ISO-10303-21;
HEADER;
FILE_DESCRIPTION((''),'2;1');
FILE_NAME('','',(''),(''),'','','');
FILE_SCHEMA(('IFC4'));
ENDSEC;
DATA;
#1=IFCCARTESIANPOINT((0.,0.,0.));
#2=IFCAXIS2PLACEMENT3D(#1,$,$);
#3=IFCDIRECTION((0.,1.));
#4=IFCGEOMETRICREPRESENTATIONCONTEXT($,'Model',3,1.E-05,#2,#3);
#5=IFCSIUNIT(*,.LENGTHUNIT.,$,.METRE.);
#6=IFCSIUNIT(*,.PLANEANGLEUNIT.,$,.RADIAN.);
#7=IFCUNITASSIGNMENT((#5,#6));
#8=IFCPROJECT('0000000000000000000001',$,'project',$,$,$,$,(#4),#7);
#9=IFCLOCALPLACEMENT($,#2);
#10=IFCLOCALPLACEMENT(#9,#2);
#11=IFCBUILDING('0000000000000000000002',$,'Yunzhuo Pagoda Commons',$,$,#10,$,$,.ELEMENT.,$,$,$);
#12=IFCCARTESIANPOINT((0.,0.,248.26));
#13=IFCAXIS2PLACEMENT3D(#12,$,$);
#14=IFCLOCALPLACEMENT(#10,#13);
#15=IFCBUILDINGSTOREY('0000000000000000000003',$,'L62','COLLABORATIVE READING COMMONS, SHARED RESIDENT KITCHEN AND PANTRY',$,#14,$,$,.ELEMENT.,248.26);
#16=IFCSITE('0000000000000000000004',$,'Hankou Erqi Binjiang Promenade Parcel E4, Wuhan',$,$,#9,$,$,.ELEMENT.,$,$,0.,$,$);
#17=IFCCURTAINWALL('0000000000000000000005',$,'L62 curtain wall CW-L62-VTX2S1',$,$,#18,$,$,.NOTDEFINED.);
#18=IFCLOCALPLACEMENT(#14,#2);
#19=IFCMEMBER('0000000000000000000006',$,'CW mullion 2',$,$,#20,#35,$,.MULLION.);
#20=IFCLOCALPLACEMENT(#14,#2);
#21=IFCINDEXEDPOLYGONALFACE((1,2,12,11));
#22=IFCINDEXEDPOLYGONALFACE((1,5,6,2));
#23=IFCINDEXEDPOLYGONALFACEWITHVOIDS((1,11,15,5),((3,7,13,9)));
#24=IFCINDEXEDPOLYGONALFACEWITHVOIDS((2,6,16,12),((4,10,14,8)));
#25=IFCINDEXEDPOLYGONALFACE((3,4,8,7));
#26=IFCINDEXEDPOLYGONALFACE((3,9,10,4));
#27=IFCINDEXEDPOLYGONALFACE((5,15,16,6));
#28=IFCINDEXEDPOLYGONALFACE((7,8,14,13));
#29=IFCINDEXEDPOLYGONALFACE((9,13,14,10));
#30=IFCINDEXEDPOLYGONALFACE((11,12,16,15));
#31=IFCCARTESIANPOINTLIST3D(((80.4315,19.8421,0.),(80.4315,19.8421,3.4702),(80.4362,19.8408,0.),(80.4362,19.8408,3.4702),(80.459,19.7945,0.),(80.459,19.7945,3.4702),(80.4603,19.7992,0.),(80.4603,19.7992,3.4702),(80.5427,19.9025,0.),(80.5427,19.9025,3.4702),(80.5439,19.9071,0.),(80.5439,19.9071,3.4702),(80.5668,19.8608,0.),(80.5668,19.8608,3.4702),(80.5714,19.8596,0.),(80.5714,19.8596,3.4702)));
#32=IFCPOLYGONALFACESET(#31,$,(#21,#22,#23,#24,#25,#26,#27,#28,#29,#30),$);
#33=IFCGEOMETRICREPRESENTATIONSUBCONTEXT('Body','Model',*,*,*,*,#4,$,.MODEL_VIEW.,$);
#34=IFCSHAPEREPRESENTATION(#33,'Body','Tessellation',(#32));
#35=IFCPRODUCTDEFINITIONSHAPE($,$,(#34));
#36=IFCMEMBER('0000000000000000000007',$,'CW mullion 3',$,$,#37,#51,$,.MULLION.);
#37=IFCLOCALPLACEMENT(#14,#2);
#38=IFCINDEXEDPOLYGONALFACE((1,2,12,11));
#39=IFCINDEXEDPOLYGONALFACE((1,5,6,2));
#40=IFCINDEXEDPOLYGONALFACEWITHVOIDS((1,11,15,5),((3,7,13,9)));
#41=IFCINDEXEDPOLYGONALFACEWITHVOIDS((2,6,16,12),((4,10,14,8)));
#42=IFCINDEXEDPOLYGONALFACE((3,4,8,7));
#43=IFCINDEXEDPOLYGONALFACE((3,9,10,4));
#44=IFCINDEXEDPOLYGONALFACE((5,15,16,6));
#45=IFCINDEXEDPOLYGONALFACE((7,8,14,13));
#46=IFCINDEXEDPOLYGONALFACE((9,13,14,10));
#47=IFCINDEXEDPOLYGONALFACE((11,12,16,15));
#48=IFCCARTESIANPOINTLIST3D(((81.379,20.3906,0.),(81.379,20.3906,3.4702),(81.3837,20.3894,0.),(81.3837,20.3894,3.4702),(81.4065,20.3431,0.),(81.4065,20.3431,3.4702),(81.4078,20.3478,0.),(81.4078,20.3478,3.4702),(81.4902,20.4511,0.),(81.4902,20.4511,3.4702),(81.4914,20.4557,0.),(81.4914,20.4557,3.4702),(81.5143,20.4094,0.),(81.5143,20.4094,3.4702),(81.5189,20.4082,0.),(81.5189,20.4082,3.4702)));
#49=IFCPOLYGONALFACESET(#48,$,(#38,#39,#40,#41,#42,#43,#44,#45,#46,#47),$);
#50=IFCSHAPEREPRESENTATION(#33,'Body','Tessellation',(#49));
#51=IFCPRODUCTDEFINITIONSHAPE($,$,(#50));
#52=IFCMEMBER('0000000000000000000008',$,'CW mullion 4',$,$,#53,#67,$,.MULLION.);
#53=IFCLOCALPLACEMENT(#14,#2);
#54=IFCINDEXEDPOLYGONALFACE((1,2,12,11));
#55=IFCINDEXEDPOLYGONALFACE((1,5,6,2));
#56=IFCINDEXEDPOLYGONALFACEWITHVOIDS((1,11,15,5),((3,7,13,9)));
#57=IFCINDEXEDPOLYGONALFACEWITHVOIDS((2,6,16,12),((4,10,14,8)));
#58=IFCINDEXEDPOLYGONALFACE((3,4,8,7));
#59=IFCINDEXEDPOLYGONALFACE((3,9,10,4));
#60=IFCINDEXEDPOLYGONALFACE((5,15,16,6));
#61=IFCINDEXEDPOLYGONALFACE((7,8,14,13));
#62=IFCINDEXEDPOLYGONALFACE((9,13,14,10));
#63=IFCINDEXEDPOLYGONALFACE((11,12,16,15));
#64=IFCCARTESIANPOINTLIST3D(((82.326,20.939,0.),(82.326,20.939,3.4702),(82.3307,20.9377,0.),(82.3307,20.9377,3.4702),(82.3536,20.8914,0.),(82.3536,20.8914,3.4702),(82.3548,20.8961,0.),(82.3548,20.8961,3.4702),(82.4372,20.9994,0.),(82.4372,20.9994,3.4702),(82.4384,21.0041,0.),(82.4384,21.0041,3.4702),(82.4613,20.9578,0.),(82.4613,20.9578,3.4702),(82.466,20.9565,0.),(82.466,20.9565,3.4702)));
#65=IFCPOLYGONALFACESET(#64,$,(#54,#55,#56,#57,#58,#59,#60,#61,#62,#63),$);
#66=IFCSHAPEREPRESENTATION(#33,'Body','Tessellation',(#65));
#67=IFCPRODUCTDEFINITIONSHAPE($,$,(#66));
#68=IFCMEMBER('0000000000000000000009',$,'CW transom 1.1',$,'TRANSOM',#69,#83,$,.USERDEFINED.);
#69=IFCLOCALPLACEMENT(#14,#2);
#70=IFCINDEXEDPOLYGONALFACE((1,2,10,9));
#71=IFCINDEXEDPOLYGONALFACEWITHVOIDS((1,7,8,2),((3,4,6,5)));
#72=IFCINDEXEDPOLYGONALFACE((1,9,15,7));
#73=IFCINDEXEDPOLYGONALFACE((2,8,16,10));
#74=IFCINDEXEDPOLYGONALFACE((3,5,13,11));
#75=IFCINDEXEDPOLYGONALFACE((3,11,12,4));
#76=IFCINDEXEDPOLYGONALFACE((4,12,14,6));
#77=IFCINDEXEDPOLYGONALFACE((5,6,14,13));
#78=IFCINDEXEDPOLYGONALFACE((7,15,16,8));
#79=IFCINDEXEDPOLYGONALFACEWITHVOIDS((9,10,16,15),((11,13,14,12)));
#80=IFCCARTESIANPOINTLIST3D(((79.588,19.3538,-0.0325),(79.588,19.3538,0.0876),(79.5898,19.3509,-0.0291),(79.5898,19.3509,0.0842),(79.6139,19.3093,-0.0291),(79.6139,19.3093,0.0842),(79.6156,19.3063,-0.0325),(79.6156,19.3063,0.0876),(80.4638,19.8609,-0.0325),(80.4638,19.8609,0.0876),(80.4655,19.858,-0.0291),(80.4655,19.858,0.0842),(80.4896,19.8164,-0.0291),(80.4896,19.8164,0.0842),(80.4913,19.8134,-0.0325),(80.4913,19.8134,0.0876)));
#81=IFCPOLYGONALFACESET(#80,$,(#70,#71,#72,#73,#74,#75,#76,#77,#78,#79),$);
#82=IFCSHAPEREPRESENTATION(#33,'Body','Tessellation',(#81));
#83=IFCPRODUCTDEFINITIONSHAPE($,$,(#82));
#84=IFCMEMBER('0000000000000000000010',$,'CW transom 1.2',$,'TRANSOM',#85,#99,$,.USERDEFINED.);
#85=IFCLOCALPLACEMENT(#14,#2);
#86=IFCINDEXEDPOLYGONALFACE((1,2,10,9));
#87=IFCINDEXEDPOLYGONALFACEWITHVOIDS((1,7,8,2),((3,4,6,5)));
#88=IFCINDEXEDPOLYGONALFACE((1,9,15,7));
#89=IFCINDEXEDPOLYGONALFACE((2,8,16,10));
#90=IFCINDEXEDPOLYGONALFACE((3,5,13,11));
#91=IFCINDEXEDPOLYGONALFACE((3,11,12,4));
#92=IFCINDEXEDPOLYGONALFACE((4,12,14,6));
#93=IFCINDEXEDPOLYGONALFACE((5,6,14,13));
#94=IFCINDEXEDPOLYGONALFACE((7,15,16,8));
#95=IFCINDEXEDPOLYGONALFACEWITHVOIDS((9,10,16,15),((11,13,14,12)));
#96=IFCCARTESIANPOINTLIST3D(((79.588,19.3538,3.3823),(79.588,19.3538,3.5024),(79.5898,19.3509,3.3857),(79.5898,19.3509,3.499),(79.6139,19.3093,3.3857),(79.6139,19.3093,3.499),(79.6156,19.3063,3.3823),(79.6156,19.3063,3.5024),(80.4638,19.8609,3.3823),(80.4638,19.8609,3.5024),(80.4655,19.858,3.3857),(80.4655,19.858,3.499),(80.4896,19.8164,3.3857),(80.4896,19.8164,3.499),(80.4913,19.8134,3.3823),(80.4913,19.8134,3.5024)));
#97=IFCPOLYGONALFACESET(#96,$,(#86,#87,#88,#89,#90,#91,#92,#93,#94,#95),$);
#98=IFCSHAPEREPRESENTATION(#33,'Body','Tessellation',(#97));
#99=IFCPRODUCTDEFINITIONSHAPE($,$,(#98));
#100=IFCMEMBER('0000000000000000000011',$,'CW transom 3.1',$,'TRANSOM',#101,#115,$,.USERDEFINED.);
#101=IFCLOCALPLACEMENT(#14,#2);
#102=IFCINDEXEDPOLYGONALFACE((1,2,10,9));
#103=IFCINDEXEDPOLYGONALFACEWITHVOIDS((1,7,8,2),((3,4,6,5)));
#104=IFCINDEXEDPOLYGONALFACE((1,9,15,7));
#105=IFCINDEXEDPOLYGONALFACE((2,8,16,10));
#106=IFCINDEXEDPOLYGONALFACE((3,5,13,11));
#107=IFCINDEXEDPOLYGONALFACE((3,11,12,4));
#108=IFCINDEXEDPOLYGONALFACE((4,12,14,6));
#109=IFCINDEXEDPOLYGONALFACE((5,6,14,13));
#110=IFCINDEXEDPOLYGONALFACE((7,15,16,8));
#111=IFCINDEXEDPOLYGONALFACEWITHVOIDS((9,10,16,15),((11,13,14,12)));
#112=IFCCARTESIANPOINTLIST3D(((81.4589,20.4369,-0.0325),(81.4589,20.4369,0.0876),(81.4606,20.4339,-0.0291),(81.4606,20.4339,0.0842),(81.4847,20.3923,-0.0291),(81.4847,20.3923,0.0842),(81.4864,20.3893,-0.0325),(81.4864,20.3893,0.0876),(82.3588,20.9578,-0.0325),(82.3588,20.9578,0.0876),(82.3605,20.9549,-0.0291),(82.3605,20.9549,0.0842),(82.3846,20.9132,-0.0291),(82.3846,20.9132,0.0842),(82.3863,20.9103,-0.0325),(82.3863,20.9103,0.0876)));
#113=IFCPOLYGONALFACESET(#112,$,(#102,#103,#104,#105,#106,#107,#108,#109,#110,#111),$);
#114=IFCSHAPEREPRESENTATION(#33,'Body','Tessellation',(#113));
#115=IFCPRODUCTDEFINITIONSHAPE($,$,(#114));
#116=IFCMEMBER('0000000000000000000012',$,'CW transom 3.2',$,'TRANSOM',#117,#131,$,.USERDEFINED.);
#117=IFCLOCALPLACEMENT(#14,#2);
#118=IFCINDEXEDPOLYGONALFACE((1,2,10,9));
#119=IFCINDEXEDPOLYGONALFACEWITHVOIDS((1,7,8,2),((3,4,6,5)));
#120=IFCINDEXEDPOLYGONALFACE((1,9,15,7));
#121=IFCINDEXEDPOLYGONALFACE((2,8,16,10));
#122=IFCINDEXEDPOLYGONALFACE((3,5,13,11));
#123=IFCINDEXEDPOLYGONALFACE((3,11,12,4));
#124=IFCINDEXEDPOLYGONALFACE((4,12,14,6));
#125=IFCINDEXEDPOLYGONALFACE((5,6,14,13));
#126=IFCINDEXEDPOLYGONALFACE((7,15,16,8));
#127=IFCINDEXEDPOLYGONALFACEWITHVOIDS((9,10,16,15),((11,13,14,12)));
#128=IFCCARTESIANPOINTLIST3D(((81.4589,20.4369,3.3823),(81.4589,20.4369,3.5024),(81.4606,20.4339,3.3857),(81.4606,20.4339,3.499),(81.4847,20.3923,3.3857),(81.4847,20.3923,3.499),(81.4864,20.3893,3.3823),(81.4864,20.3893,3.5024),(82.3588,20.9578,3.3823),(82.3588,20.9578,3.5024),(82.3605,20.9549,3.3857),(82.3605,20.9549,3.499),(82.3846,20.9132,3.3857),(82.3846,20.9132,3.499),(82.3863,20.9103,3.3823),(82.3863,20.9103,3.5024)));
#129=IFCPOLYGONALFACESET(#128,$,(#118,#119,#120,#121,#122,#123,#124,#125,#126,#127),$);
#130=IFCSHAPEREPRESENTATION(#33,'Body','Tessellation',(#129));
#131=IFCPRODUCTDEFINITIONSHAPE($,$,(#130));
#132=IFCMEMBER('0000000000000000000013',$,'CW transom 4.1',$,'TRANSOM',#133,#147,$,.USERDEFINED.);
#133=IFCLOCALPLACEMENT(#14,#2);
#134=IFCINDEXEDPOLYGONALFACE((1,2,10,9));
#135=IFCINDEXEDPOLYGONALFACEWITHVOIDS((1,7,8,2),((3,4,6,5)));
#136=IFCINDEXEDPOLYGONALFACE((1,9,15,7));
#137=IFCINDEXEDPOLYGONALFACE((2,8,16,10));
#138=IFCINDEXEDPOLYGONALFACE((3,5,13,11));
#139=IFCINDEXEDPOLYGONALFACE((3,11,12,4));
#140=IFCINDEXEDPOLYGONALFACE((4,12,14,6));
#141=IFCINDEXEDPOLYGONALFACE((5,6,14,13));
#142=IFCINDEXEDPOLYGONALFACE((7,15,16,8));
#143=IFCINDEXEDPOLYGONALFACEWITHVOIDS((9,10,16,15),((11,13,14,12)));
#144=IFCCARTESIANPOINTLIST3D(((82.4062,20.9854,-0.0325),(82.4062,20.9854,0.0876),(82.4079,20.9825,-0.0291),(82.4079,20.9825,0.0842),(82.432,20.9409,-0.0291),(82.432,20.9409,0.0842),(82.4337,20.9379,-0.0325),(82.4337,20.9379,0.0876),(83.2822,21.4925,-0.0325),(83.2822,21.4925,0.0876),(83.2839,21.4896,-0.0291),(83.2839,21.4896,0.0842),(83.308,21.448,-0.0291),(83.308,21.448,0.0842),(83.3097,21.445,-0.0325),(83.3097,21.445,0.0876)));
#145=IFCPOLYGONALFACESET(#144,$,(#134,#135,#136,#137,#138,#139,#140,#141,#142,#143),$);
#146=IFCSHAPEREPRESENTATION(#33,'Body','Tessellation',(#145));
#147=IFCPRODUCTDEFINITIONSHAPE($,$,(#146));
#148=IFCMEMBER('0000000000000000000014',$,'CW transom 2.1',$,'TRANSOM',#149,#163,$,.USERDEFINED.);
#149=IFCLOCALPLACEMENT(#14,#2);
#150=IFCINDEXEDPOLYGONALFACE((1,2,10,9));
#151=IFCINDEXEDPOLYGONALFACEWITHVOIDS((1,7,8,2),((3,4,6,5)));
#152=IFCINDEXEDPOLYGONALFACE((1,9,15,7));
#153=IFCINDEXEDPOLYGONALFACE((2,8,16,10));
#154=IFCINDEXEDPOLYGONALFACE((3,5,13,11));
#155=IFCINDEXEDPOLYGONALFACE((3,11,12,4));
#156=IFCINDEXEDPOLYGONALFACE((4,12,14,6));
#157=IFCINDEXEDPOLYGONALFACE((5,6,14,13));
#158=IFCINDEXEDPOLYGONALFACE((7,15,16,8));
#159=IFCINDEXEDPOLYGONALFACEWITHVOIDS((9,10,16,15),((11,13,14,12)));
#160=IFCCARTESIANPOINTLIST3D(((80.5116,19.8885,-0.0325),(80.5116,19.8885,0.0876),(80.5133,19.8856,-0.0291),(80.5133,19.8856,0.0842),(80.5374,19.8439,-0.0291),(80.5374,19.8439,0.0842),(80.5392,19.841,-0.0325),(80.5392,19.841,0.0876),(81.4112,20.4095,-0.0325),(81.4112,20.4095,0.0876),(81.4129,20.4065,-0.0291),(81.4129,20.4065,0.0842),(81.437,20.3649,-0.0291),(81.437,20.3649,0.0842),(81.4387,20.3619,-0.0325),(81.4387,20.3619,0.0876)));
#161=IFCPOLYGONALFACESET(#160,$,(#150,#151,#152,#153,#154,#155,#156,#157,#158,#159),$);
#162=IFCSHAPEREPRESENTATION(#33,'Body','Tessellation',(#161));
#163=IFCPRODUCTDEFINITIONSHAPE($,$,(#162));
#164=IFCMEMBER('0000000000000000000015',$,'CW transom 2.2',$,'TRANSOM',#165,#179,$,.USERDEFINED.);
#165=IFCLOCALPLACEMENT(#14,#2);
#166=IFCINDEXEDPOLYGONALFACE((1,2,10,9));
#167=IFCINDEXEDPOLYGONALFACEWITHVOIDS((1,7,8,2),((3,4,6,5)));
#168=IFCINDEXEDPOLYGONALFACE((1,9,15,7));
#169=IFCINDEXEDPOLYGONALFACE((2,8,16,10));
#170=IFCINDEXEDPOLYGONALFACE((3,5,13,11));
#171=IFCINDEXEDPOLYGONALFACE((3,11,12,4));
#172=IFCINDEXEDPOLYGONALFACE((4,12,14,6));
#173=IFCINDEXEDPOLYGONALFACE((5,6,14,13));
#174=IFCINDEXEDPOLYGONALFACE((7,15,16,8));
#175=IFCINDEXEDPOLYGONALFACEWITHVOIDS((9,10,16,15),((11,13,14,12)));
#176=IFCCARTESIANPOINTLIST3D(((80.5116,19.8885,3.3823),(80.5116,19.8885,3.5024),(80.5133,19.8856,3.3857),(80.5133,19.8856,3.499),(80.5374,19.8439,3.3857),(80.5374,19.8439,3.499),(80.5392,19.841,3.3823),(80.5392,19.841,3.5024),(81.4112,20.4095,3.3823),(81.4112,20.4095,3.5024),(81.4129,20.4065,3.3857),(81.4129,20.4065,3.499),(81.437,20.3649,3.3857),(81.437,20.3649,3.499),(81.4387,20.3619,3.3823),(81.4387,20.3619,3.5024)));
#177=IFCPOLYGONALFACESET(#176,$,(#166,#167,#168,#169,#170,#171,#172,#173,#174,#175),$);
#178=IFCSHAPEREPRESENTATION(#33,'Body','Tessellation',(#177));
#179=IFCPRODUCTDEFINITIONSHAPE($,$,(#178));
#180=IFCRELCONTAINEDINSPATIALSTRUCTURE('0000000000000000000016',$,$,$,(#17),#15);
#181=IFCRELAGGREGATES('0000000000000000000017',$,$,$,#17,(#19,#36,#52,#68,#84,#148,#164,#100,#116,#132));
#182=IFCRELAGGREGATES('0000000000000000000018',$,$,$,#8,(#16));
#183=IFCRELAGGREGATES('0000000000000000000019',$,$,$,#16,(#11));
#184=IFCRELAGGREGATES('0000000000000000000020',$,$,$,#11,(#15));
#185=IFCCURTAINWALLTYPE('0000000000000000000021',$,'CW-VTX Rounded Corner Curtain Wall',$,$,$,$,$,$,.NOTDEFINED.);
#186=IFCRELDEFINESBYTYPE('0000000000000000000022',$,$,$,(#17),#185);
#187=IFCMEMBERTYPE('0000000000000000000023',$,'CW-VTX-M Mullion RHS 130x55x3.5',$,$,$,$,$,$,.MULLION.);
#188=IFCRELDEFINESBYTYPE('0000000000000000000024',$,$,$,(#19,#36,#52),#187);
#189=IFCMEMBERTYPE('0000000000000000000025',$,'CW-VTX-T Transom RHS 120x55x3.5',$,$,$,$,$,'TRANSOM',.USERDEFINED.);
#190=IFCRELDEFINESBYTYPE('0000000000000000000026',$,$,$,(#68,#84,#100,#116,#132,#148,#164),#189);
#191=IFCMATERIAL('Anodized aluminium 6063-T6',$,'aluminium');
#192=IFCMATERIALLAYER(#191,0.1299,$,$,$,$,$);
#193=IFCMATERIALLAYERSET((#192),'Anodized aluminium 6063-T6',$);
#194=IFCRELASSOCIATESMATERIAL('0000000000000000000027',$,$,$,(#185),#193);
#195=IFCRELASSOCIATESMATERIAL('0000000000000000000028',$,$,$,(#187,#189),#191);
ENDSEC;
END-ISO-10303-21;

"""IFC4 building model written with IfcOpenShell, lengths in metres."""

from ifc_helpers import new_model, si_unit, direction, frame, origin, origin_2d, place, context, subcontext, project, spatial, hollow_rectangle, extrude, source, transform, mapped, material, layer, layer_set, material_profile, profile_set, type_object, element, aggregate, save


model = new_model("IFC4")

# Units and contexts
model_context = context("Model", 3, precision=1e-05, world=origin(), true_north=direction((0.0, 1.0)))
body_context = subcontext(model_context, "Body", "Model", "MODEL_VIEW")
ifc_project = project(units=[si_unit("LENGTHUNIT", "METRE"), si_unit("PLANEANGLEUNIT", "RADIAN")], contexts=[model_context])

# Site, building, storey
site_placement = place(None, origin())
site = spatial("IfcSite", under=ifc_project, at=site_placement, Name="Hankou Erqi Binjiang Promenade Parcel E4, Wuhan", CompositionType="ELEMENT", RefElevation=0.0)
building_placement = place(site_placement, origin())
building = spatial("IfcBuilding", under=site, at=building_placement, Name="Yunzhuo Pagoda Commons", CompositionType="ELEMENT")
storey_placement = place(building_placement, frame((0.0, 0.0, 248.26)))
storey = spatial("IfcBuildingStorey", under=building, at=storey_placement, Name="L62", Description="COLLABORATIVE READING COMMONS, SHARED RESIDENT KITCHEN AND PANTRY", CompositionType="ELEMENT", Elevation=248.26)

# Shared definitions
ifc_material_1 = material(Name="Anodized aluminium 6063-T6", Category="aluminium")

# Curtain wall, members
ifc_layer_1 = layer(ifc_material_1, 0.1299)
ifc_layer_set_1 = layer_set([ifc_layer_1], Name="Anodized aluminium 6063-T6")
curtain_wall_type_1 = type_object("IfcCurtainWallType", Name="CW-VTX Rounded Corner Curtain Wall", PredefinedType="NOTDEFINED", material=ifc_layer_set_1)
curtain_wall_1_placement = place(storey_placement, origin())
curtain_wall_1 = element("IfcCurtainWall", 1, at=curtain_wall_1_placement, inside=storey, type_object=curtain_wall_type_1, Name="L62 curtain wall CW-L62-VTX2S1", PredefinedType="NOTDEFINED")
ifc_material_profile_1 = material_profile(ifc_material_1, hollow_rectangle(XDim=0.0549, YDim=0.1299, WallThickness=0.0034, at=origin_2d()), Name="Anodized aluminium 6063-T6")
ifc_profile_set_1 = profile_set([ifc_material_profile_1], Name="Anodized aluminium 6063-T6")
member_type_1 = type_object("IfcMemberType", Name="CW-VTX-M Mullion RHS 130x55x3.5", PredefinedType="MULLION", material=ifc_profile_set_1)
shared_shape_1 = source(origin(), body_context, "Body", "SweptSolid", [
    extrude(hollow_rectangle(XDim=0.0549, YDim=0.1299, WallThickness=0.0034, at=origin_2d()), origin(), (0.0, 0.0, 1.0), 3.4702),
])
member_1_placement = place(storey_placement, frame((80.5015, 19.8508, 0.0), z_axis=(0.0, 0.0, 1.0), x_axis=(-0.501035, 0.865427, 0.0)))
member_1 = element("IfcMember", 2, at=member_1_placement, type_object=member_type_1, Name="CW mullion 2", PredefinedType="MULLION", context=body_context, shape_type="MappedRepresentation", body=[
    mapped(shared_shape_1, transform((0.0, 0.0, 0.0), scale=1.0)),
])
member_2_placement = place(storey_placement, frame((81.449, 20.3994, 0.0), z_axis=(0.0, 0.0, 1.0), x_axis=(-0.501035, 0.865427, 0.0)))
member_2 = element("IfcMember", 3, at=member_2_placement, type_object=member_type_1, Name="CW mullion 3", PredefinedType="MULLION", context=body_context, shape_type="MappedRepresentation", body=[
    mapped(shared_shape_1, transform((0.0, 0.0, 0.0), scale=1.0)),
])
member_3_placement = place(storey_placement, frame((82.396, 20.9478, 0.0), z_axis=(0.0, 0.0, 1.0), x_axis=(-0.501035, 0.865427, 0.0)))
member_3 = element("IfcMember", 4, at=member_3_placement, type_object=member_type_1, Name="CW mullion 4", PredefinedType="MULLION", context=body_context, shape_type="MappedRepresentation", body=[
    mapped(shared_shape_1, transform((0.0, 0.0, 0.0), scale=1.0)),
])
ifc_material_profile_2 = material_profile(ifc_material_1, hollow_rectangle(XDim=0.0549, YDim=0.1201, WallThickness=0.0034, at=origin_2d()), Name="Anodized aluminium 6063-T6")
ifc_profile_set_2 = profile_set([ifc_material_profile_2], Name="Anodized aluminium 6063-T6")
member_type_2 = type_object("IfcMemberType", Name="CW-VTX-T Transom RHS 120x55x3.5", ElementType="TRANSOM", PredefinedType="USERDEFINED", material=ifc_profile_set_2)
shared_shape_2 = source(origin(), body_context, "Body", "SweptSolid", [
    extrude(hollow_rectangle(XDim=0.0549, YDim=0.1201, WallThickness=0.0034, at=origin_2d()), origin(), (0.0, 0.0, 1.0), 1.012),
])
member_4_placement = place(storey_placement, frame((79.6018, 19.3301, 0.0276), z_axis=(0.865393, 0.501093, 0.0), x_axis=(-0.501093, 0.865393, 0.0)))
member_4 = element("IfcMember", 5, at=member_4_placement, type_object=member_type_2, Name="CW transom 1.1", ObjectType="TRANSOM", PredefinedType="USERDEFINED", context=body_context, shape_type="MappedRepresentation", body=[
    mapped(shared_shape_2, transform((0.0, 0.0, 0.0), scale=1.0)),
])
member_5_placement = place(storey_placement, frame((79.6018, 19.3301, 3.4424), z_axis=(0.865393, 0.501093, 0.0), x_axis=(-0.501093, 0.865393, 0.0)))
member_5 = element("IfcMember", 6, at=member_5_placement, type_object=member_type_2, Name="CW transom 1.2", ObjectType="TRANSOM", PredefinedType="USERDEFINED", context=body_context, shape_type="MappedRepresentation", body=[
    mapped(shared_shape_2, transform((0.0, 0.0, 0.0), scale=1.0)),
])
shared_shape_3 = source(origin(), body_context, "Body", "SweptSolid", [
    extrude(hollow_rectangle(XDim=0.0549, YDim=0.1201, WallThickness=0.0034, at=origin_2d()), origin(), (0.0, 0.0, 1.0), 1.0398),
])
member_6_placement = place(storey_placement, frame((81.4727, 20.4131, 0.0276), z_axis=(0.865426, 0.501036, 0.0), x_axis=(-0.501036, 0.865426, 0.0)))
member_6 = element("IfcMember", 7, at=member_6_placement, type_object=member_type_2, Name="CW transom 3.1", ObjectType="TRANSOM", PredefinedType="USERDEFINED", context=body_context, shape_type="MappedRepresentation", body=[
    mapped(shared_shape_3, transform((0.0, 0.0, 0.0), scale=1.0)),
])
member_7_placement = place(storey_placement, frame((81.4727, 20.4131, 3.4424), z_axis=(0.865426, 0.501036, 0.0), x_axis=(-0.501036, 0.865426, 0.0)))
member_7 = element("IfcMember", 8, at=member_7_placement, type_object=member_type_2, Name="CW transom 3.2", ObjectType="TRANSOM", PredefinedType="USERDEFINED", context=body_context, shape_type="MappedRepresentation", body=[
    mapped(shared_shape_3, transform((0.0, 0.0, 0.0), scale=1.0)),
])
shared_shape_4 = source(origin(), body_context, "Body", "SweptSolid", [
    extrude(hollow_rectangle(XDim=0.0549, YDim=0.1201, WallThickness=0.0034, at=origin_2d()), origin(), (0.0, 0.0, 1.0), 1.0122),
])
member_8_placement = place(storey_placement, frame((82.4199, 20.9617, 0.0276), z_axis=(0.865454, 0.500989, 0.0), x_axis=(-0.500989, 0.865454, 0.0)))
member_8 = element("IfcMember", 9, at=member_8_placement, type_object=member_type_2, Name="CW transom 4.1", ObjectType="TRANSOM", PredefinedType="USERDEFINED", context=body_context, shape_type="MappedRepresentation", body=[
    mapped(shared_shape_4, transform((0.0, 0.0, 0.0), scale=1.0)),
])
shared_shape_5 = source(origin(), body_context, "Body", "SweptSolid", [
    extrude(hollow_rectangle(XDim=0.0549, YDim=0.1201, WallThickness=0.0034, at=origin_2d()), origin(), (0.0, 0.0, 1.0), 1.0396),
])
member_9_placement = place(storey_placement, frame((80.5254, 19.8647, 0.0276), z_axis=(0.865367, 0.501138, 0.0), x_axis=(-0.501138, 0.865367, 0.0)))
member_9 = element("IfcMember", 10, at=member_9_placement, type_object=member_type_2, Name="CW transom 2.1", ObjectType="TRANSOM", PredefinedType="USERDEFINED", context=body_context, shape_type="MappedRepresentation", body=[
    mapped(shared_shape_5, transform((0.0, 0.0, 0.0), scale=1.0)),
])
member_10_placement = place(storey_placement, frame((80.5254, 19.8647, 3.4424), z_axis=(0.865367, 0.501138, 0.0), x_axis=(-0.501138, 0.865367, 0.0)))
member_10 = element("IfcMember", 11, at=member_10_placement, type_object=member_type_2, Name="CW transom 2.2", ObjectType="TRANSOM", PredefinedType="USERDEFINED", context=body_context, shape_type="MappedRepresentation", body=[
    mapped(shared_shape_5, transform((0.0, 0.0, 0.0), scale=1.0)),
])

aggregate(curtain_wall_1, [member_1, member_2, member_3, member_4, member_5, member_9, member_10, member_6, member_7, member_8])

save(model, "model.ifc")
